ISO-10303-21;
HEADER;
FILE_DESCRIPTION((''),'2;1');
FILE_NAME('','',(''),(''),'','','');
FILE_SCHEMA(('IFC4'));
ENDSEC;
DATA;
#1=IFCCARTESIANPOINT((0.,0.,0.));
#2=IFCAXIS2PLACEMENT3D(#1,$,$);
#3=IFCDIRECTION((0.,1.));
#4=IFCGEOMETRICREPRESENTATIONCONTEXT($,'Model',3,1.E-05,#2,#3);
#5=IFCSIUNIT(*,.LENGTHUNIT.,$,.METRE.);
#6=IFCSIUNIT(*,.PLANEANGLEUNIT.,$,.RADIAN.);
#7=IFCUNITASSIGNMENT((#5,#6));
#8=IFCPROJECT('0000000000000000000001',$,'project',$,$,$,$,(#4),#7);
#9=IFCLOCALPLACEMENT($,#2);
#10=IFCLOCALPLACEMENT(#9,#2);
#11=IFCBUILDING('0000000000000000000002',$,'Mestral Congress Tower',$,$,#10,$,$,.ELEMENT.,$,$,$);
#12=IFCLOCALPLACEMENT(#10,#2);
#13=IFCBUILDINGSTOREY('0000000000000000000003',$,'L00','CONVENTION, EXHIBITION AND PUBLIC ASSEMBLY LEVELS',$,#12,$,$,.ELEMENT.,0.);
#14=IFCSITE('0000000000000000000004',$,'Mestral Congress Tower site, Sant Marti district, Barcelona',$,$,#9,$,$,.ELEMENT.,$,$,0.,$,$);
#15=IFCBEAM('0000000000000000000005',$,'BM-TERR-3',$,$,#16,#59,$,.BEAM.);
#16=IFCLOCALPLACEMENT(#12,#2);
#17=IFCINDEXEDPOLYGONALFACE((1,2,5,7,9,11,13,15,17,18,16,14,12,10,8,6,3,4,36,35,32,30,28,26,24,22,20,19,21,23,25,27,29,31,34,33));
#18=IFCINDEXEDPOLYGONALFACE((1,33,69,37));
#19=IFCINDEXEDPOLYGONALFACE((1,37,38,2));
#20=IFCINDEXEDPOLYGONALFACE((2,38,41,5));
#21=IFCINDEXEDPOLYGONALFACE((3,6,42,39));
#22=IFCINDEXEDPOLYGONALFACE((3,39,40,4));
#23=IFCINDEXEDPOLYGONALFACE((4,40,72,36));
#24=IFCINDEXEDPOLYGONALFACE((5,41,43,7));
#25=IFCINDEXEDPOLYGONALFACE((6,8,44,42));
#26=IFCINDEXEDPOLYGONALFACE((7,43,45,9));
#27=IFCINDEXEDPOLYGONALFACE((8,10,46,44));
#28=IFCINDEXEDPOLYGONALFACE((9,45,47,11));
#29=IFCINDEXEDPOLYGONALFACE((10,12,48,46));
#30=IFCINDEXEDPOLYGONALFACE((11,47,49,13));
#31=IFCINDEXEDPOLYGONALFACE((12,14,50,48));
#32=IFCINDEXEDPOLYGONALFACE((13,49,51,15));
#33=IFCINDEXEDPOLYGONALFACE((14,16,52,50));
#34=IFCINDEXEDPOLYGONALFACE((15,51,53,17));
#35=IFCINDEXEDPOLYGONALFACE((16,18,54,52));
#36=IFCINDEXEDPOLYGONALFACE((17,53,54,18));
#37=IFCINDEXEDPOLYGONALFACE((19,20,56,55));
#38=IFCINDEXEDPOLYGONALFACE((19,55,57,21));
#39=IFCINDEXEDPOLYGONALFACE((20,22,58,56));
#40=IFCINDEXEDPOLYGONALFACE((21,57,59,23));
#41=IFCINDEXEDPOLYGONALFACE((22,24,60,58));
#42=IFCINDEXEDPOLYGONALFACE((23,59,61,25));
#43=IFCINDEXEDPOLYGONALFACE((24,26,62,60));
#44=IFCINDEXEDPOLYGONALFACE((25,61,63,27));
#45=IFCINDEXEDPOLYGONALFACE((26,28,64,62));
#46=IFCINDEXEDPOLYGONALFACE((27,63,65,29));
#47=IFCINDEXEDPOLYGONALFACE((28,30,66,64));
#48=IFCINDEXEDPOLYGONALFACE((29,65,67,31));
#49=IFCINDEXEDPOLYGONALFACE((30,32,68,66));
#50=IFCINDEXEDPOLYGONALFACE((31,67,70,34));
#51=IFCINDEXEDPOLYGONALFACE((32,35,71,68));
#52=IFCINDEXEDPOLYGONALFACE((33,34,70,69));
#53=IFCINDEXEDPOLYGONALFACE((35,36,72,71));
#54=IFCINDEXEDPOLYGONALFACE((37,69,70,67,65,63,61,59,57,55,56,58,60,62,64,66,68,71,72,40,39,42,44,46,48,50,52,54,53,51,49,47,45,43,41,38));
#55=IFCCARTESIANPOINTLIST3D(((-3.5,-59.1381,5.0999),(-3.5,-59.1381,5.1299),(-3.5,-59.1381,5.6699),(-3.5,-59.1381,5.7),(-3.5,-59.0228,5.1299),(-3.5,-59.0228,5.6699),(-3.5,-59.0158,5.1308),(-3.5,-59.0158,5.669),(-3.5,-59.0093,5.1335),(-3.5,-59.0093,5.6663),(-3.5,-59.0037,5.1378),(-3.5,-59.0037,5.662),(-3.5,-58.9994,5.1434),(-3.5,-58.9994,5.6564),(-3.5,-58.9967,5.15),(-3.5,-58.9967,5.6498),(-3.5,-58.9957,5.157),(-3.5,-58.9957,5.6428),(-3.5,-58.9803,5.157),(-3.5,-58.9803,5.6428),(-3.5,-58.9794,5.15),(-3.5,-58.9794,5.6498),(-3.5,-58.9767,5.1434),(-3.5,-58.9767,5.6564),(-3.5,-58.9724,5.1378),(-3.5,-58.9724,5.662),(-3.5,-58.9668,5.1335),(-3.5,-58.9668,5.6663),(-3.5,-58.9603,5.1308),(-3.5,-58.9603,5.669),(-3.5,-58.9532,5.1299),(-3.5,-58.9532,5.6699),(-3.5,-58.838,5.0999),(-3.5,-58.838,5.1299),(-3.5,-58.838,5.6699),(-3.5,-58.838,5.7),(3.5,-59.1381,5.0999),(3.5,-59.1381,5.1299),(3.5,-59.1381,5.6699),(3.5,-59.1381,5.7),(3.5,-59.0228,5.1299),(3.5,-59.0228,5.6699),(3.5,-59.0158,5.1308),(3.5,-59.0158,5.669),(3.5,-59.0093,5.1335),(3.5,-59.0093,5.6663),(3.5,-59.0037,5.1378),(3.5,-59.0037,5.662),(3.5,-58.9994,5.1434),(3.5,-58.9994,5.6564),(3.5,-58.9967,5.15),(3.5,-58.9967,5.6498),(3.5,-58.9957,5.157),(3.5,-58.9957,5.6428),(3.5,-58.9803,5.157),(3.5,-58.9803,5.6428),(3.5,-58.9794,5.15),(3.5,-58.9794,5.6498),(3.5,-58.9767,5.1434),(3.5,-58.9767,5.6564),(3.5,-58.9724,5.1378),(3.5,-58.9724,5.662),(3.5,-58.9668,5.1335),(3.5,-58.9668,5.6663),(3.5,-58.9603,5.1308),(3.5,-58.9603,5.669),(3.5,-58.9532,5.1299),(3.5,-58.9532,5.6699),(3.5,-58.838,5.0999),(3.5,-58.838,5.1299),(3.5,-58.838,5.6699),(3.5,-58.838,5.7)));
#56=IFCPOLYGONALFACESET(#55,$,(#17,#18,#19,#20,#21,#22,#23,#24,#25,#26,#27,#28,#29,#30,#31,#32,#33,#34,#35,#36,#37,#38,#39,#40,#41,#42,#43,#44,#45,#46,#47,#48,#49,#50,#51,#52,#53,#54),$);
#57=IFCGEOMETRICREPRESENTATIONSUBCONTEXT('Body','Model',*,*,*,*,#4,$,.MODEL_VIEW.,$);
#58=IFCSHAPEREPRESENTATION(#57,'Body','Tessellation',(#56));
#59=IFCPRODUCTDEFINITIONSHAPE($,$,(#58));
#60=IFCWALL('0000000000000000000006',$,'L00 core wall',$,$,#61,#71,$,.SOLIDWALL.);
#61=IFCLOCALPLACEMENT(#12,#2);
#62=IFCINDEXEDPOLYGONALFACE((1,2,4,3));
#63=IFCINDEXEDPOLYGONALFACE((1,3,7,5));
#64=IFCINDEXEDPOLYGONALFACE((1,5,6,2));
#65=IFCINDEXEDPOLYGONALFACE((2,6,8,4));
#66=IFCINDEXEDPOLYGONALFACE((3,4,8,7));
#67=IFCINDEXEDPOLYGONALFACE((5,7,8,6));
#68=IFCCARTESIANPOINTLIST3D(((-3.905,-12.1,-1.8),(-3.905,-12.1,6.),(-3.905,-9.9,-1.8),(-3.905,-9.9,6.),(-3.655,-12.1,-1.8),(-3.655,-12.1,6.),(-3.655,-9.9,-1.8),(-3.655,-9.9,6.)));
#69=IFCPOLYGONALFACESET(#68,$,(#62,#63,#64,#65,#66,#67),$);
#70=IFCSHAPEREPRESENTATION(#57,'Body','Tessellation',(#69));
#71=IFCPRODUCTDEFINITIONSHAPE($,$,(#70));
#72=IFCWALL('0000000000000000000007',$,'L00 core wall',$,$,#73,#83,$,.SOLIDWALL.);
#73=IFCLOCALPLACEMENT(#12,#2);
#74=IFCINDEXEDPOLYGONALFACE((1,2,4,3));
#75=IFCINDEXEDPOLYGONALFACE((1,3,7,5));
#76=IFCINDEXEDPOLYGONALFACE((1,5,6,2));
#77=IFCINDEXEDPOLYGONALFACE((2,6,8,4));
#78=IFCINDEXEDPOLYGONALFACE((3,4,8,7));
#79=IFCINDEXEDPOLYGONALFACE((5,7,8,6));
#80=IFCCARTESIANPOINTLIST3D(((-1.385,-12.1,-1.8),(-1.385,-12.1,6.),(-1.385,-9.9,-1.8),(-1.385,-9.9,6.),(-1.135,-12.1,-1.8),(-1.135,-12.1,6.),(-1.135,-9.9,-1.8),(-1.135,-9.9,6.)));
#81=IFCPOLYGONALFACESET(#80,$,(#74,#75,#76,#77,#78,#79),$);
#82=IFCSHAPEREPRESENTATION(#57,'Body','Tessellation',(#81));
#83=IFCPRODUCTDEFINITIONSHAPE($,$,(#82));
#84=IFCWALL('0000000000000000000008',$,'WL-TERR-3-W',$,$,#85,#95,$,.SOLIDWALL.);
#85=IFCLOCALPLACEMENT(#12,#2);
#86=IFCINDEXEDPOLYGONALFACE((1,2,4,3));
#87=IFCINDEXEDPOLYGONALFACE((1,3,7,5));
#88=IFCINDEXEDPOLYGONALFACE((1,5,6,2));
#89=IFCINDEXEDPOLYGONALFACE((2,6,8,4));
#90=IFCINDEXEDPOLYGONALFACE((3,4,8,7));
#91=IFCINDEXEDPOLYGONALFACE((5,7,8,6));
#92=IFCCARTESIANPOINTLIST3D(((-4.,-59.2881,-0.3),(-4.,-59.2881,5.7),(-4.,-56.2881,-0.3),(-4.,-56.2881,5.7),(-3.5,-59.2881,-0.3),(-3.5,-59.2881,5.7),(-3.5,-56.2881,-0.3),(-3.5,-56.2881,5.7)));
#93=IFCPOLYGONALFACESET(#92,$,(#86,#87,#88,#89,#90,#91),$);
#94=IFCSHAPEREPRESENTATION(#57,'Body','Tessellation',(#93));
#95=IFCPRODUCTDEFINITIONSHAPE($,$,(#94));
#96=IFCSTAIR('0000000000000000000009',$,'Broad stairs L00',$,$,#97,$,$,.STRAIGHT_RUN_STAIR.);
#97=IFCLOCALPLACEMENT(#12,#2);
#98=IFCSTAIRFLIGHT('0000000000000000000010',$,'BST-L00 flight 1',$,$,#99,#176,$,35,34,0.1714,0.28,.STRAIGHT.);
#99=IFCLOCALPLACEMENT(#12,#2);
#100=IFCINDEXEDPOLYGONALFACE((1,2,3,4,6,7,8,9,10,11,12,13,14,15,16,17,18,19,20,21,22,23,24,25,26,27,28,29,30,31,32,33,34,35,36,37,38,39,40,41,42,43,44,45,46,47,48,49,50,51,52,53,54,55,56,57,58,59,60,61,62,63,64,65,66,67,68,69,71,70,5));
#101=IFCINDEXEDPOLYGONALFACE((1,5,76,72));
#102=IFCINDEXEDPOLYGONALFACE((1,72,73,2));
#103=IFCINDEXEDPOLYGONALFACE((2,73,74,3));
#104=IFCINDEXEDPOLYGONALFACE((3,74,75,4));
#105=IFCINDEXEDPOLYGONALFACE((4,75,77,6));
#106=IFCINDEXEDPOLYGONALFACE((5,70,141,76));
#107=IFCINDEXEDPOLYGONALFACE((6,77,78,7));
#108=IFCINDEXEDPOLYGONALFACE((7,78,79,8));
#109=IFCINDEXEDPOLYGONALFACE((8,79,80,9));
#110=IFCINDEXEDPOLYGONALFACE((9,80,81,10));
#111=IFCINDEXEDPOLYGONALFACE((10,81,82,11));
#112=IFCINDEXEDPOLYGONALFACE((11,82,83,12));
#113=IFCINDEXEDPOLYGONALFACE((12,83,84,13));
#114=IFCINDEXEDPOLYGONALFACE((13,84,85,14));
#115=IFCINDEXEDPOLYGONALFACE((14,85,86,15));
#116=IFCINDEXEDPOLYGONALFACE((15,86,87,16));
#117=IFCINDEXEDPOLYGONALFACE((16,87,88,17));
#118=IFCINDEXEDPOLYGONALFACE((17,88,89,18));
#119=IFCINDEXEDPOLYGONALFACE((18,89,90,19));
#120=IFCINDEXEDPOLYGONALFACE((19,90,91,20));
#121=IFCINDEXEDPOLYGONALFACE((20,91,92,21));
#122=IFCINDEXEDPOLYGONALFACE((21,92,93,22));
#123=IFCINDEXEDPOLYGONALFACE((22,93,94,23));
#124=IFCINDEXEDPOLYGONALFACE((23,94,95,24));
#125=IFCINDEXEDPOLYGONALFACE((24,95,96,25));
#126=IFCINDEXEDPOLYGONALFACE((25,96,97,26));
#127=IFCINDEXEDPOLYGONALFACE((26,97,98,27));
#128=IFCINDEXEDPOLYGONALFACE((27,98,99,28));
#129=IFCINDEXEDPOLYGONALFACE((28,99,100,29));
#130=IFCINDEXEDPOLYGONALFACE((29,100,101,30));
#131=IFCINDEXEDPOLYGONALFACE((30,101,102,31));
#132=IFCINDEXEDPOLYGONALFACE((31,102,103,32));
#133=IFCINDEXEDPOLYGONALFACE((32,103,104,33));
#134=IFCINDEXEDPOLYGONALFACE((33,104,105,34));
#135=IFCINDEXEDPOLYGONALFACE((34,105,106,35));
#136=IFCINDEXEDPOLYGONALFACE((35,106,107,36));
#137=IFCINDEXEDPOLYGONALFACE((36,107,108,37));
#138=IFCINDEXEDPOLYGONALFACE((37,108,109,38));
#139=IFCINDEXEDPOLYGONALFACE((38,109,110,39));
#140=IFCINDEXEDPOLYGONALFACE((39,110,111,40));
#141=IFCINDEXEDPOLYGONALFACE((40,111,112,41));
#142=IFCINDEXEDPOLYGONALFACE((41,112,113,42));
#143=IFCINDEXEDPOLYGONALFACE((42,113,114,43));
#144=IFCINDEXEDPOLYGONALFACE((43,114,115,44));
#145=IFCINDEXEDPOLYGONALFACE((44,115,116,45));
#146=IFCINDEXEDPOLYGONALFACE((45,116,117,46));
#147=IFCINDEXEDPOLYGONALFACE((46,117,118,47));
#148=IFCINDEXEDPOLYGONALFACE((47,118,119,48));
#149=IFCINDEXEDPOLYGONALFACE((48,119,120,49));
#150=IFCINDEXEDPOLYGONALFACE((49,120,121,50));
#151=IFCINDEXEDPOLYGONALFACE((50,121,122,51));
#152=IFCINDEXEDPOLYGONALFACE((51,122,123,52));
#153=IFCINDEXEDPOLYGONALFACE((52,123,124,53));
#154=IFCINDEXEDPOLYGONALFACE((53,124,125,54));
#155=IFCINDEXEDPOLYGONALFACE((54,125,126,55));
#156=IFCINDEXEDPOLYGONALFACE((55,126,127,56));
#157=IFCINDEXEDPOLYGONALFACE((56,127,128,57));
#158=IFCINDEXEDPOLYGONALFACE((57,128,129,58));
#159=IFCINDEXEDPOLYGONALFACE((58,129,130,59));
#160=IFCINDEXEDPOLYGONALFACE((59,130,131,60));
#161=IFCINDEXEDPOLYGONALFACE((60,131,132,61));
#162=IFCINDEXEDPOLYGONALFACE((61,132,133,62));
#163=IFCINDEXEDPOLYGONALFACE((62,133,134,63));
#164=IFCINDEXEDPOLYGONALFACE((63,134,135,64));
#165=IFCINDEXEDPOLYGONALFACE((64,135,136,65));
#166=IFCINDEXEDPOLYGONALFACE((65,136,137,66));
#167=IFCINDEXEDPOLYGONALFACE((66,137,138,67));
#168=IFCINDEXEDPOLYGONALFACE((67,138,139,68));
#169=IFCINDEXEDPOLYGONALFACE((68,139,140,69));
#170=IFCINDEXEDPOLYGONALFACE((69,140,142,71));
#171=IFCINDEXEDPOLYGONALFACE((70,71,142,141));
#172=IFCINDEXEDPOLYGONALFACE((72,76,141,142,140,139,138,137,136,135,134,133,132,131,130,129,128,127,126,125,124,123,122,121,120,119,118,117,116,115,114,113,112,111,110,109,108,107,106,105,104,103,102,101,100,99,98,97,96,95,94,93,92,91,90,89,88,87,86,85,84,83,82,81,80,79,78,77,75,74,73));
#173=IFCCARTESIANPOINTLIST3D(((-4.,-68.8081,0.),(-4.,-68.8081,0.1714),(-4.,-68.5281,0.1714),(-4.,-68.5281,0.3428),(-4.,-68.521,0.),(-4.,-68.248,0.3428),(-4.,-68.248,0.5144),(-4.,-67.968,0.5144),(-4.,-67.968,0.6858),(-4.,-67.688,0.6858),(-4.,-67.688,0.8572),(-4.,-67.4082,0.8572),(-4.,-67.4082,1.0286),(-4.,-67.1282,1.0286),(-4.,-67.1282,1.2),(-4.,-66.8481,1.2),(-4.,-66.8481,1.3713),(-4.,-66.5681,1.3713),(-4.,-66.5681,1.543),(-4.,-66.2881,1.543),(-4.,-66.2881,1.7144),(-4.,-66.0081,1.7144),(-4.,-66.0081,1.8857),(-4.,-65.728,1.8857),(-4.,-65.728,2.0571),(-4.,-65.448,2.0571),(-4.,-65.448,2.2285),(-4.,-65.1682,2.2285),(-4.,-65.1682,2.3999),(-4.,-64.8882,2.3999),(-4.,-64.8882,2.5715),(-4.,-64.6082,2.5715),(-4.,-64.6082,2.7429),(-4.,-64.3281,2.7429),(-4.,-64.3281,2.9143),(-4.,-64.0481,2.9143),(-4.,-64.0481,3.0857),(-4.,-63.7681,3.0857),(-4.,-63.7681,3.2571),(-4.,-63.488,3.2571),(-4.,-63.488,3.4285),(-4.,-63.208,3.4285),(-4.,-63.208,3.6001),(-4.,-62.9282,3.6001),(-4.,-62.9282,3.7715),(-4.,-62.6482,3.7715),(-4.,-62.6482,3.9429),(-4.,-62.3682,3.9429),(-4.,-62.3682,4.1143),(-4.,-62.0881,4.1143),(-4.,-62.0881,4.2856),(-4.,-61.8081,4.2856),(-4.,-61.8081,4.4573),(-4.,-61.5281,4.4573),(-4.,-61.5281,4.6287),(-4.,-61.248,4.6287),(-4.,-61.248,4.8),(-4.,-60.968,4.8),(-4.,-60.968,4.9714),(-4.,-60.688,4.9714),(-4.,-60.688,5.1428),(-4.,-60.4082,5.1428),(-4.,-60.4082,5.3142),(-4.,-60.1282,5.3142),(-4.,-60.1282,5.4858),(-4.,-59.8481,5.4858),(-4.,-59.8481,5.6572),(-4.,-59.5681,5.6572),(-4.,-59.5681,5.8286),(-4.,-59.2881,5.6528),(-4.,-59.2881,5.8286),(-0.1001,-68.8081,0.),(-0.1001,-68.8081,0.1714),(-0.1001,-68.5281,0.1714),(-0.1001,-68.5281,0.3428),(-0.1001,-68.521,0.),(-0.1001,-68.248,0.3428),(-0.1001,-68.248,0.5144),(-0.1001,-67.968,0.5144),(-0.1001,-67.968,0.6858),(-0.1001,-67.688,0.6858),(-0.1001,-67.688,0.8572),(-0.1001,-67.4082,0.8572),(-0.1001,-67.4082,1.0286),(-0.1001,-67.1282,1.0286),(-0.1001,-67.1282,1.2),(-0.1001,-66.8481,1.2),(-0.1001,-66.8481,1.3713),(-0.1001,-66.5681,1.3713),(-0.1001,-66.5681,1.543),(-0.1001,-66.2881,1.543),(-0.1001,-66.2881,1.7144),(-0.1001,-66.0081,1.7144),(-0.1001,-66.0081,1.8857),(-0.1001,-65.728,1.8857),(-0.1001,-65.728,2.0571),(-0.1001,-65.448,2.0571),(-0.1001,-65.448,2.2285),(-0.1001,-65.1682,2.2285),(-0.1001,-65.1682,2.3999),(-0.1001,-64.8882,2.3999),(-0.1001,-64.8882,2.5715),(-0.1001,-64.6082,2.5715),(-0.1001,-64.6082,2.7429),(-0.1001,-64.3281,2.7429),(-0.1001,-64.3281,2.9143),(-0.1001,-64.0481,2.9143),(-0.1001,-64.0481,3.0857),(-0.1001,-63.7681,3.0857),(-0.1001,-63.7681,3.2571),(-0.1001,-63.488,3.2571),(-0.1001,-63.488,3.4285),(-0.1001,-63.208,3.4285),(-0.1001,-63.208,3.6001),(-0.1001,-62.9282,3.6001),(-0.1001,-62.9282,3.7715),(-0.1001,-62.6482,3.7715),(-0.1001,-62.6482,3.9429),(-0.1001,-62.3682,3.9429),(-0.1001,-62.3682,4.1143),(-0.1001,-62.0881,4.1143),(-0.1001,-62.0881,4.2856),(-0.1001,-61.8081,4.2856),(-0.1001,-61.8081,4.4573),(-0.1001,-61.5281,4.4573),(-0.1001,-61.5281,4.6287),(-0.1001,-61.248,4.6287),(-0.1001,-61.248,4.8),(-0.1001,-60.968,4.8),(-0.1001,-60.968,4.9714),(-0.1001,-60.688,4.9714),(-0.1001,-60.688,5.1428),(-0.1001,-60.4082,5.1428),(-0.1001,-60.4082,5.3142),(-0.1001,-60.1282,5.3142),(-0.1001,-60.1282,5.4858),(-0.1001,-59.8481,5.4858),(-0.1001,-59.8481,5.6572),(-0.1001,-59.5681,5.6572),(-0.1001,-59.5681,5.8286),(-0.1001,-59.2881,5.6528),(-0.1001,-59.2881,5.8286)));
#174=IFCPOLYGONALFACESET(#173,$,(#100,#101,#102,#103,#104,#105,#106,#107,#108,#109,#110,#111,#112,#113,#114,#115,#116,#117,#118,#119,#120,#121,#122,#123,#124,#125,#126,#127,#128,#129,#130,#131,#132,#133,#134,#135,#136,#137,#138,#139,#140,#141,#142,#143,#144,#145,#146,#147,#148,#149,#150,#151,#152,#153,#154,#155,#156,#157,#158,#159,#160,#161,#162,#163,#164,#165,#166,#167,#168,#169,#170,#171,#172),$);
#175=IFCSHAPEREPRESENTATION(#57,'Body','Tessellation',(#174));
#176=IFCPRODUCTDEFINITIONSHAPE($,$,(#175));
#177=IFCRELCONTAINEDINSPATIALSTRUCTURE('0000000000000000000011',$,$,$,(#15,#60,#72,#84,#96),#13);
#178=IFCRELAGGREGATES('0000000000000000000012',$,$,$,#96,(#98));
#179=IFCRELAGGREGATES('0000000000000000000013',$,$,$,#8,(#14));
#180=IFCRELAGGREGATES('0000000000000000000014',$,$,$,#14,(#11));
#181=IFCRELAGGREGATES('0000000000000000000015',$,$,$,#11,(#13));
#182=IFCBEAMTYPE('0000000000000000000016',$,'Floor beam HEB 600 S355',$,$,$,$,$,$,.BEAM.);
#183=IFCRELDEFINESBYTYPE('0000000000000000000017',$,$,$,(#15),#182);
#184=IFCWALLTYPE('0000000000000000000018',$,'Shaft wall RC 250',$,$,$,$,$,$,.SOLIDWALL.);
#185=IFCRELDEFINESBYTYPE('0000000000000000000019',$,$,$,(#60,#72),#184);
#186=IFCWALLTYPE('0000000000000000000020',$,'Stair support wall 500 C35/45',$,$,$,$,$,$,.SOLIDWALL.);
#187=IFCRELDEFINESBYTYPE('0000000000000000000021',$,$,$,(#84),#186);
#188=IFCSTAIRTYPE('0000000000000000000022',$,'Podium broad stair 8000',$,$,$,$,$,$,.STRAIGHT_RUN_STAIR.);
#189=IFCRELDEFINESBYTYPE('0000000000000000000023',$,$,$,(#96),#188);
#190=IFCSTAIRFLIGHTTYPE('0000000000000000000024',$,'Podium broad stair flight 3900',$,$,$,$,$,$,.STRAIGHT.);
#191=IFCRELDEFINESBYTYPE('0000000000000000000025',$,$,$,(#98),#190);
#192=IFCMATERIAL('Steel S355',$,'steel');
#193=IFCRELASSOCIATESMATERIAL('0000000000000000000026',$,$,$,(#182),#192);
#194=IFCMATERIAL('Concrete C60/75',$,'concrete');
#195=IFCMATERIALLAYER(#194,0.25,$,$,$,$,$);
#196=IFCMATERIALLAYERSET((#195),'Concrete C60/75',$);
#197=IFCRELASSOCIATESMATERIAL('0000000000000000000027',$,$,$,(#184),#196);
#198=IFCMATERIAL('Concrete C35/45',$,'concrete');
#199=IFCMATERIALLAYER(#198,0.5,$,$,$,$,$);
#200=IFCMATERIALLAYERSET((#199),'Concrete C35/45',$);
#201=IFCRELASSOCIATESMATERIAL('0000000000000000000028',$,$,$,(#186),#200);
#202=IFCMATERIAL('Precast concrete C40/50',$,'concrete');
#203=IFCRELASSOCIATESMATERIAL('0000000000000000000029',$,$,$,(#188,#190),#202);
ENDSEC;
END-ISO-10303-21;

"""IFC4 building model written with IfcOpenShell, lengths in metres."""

from ifc_helpers import new_model, si_unit, direction, frame, frame_2d, origin, origin_2d, place, context, subcontext, project, spatial, polyline, rectangle, i_section, outline, extrude, material, layer, layer_set, material_profile, profile_set, type_object, element, aggregate, save


model = new_model("IFC4")

# Units and contexts
model_context = context("Model", 3, precision=1e-05, world=origin(), true_north=direction((0.0, 1.0)))
body_context = subcontext(model_context, "Body", "Model", "MODEL_VIEW")
ifc_project = project(units=[si_unit("LENGTHUNIT", "METRE"), si_unit("PLANEANGLEUNIT", "RADIAN")], contexts=[model_context])

# Site, building, storey
site_placement = place(None, origin())
site = spatial("IfcSite", under=ifc_project, at=site_placement, Name="Mestral Congress Tower site, Sant Marti district, Barcelona", CompositionType="ELEMENT", RefElevation=0.0)
building_placement = place(site_placement, origin())
building = spatial("IfcBuilding", under=site, at=building_placement, Name="Mestral Congress Tower", CompositionType="ELEMENT")
storey_placement = place(building_placement, origin())
storey = spatial("IfcBuildingStorey", under=building, at=storey_placement, Name="L00", Description="CONVENTION, EXHIBITION AND PUBLIC ASSEMBLY LEVELS", CompositionType="ELEMENT", Elevation=0.0)

# Shared definitions
ifc_material_1 = material(Name="Concrete C35/45", Category="concrete")

# Beam
ifc_material_2 = material(Name="Steel S355", Category="steel")
ifc_material_profile_1 = material_profile(ifc_material_2, i_section(OverallWidth=0.3, OverallDepth=0.6001, WebThickness=0.0154, FlangeThickness=0.03, FilletRadius=0.0271, at=origin_2d()), Name="HEB 600")
ifc_profile_set_1 = profile_set([ifc_material_profile_1], Name="Steel S355")
beam_type = type_object("IfcBeamType", Name="Floor beam HEB 600 S355", PredefinedType="BEAM", material=ifc_profile_set_1)
beam_placement = place(storey_placement, frame((-3.5, -58.988, 5.3999), z_axis=(1.0, 0.0, 0.0), x_axis=(0.0, 1.0, 0.0)))
element("IfcBeam", 1, at=beam_placement, inside=storey, type_object=beam_type, Name="BM-TERR-3", PredefinedType="BEAM", context=body_context, shape_type="SweptSolid", body=[
    extrude(i_section(OverallWidth=0.3, OverallDepth=0.6001, WebThickness=0.0154, FlangeThickness=0.03, FilletRadius=0.0271, at=origin_2d()), origin(), (0.0, 0.0, 1.0), 7.0),
])

# Walls
ifc_material_3 = material(Name="Concrete C60/75", Category="concrete")
ifc_layer_1 = layer(ifc_material_3, 0.25)
ifc_layer_set_1 = layer_set([ifc_layer_1], Name="Concrete C60/75")
wall_type_1 = type_object("IfcWallType", Name="Shaft wall RC 250", PredefinedType="SOLIDWALL", material=ifc_layer_set_1)
for number, where, z_axis, x_axis, name in (
    (2, (-3.78, -12.1001, -1.8), (0.0, 0.0, 1.0), (0.0, 1.0, 0.0), "L00 core wall"),
    (3, (-1.26, -12.1001, -1.8), (0.0, 0.0, 1.0), (0.0, 1.0, 0.0), "L00 core wall"),
):
    element("IfcWall", number, at=place(storey_placement, frame(where, z_axis=z_axis, x_axis=x_axis)), inside=storey, type_object=wall_type_1, Name=name, PredefinedType="SOLIDWALL", context=body_context, shape_type="SweptSolid", body=[
        extrude(rectangle(XDim=2.2, YDim=0.25, at=frame_2d((1.1001, 0.0))), origin(), (0.0, 0.0, 1.0), 7.8),
    ])
ifc_layer_2 = layer(ifc_material_1, 0.5)
ifc_layer_set_2 = layer_set([ifc_layer_2], Name="Concrete C35/45")
wall_type_2 = type_object("IfcWallType", Name="Stair support wall 500 C35/45", PredefinedType="SOLIDWALL", material=ifc_layer_set_2)
wall_placement = place(storey_placement, frame((-3.75, -59.2881, -0.3), z_axis=(0.0, 0.0, 1.0), x_axis=(0.0, 1.0, 0.0)))
element("IfcWall", 4, at=wall_placement, inside=storey, type_object=wall_type_2, Name="WL-TERR-3-W", PredefinedType="SOLIDWALL", context=body_context, shape_type="SweptSolid", body=[
    extrude(rectangle(XDim=3.0, YDim=0.5, at=frame_2d((1.5, 0.0))), origin(), (0.0, 0.0, 1.0), 6.0),
])

# Stair, stair flight
ifc_material_4 = material(Name="Precast concrete C40/50", Category="concrete")
stair_type = type_object("IfcStairType", Name="Podium broad stair 8000", PredefinedType="STRAIGHT_RUN_STAIR", material=ifc_material_4)
stair_placement = place(storey_placement, origin())
stair = element("IfcStair", 5, at=stair_placement, inside=storey, type_object=stair_type, Name="Broad stairs L00", PredefinedType="STRAIGHT_RUN_STAIR")
stair_flight_type = type_object("IfcStairFlightType", Name="Podium broad stair flight 3900", PredefinedType="STRAIGHT", material=ifc_material_4)
stair_flight_placement = place(storey_placement, frame((-2.05, -68.8081, 0.0), z_axis=(0.0, 0.0, 1.0), x_axis=(0.0, 1.0, 0.0)))
stair_flight = element("IfcStairFlight", 6, at=stair_flight_placement, type_object=stair_flight_type, Name="BST-L00 flight 1", NumberOfRisers=35, NumberOfTreads=34, PredefinedType="STRAIGHT", RiserHeight=0.1714, TreadLength=0.28, context=body_context, shape_type="SweptSolid", body=[
    extrude(outline(polyline([(0.0, 0.0), (0.0, 0.1714), (0.28, 0.1714), (0.28, 0.3428), (0.5601, 0.3428), (0.5601, 0.5144), (0.8401, 0.5144), (0.8401, 0.6858), (1.1201, 0.6858), (1.1201, 0.8572), (1.3999, 0.8572), (1.3999, 1.0286), (1.6799, 1.0286), (1.6799, 1.2), (1.96, 1.2), (1.96, 1.3713), (2.24, 1.3713), (2.24, 1.543), (2.52, 1.543), (2.52, 1.7144), (2.8, 1.7144), (2.8, 1.8857), (3.0801, 1.8857), (3.0801, 2.0571), (3.3601, 2.0571), (3.3601, 2.2285), (3.6399, 2.2285), (3.6399, 2.3999), (3.9199, 2.3999), (3.9199, 2.5715), (4.2, 2.5715), (4.2, 2.7429), (4.48, 2.7429), (4.48, 2.9143), (4.76, 2.9143), (4.76, 3.0857), (5.04, 3.0857), (5.04, 3.2571), (5.3201, 3.2571), (5.3201, 3.4285), (5.6001, 3.4285), (5.6001, 3.6001), (5.8799, 3.6001), (5.8799, 3.7715), (6.1599, 3.7715), (6.1599, 3.9429), (6.4399, 3.9429), (6.4399, 4.1143), (6.72, 4.1143), (6.72, 4.2856), (7.0, 4.2856), (7.0, 4.4573), (7.28, 4.4573), (7.28, 4.6287), (7.5601, 4.6287), (7.5601, 4.8), (7.8401, 4.8), (7.8401, 4.9714), (8.1201, 4.9714), (8.1201, 5.1428), (8.3999, 5.1428), (8.3999, 5.3142), (8.6799, 5.3142), (8.6799, 5.4858), (8.96, 5.4858), (8.96, 5.6572), (9.24, 5.6572), (9.24, 5.8286), (9.52, 5.8286), (9.52, 6.0), (9.52, 5.6528), (0.2871, 0.0), (0.0, 0.0)])), frame((0.0, 1.95, 0.0), z_axis=(0.0, -1.0, 0.0), x_axis=(1.0, 0.0, 0.0)), (0.0, 0.0, 1.0), 3.8999),
])
aggregate(stair, [stair_flight])

save(model, "model.ifc")
